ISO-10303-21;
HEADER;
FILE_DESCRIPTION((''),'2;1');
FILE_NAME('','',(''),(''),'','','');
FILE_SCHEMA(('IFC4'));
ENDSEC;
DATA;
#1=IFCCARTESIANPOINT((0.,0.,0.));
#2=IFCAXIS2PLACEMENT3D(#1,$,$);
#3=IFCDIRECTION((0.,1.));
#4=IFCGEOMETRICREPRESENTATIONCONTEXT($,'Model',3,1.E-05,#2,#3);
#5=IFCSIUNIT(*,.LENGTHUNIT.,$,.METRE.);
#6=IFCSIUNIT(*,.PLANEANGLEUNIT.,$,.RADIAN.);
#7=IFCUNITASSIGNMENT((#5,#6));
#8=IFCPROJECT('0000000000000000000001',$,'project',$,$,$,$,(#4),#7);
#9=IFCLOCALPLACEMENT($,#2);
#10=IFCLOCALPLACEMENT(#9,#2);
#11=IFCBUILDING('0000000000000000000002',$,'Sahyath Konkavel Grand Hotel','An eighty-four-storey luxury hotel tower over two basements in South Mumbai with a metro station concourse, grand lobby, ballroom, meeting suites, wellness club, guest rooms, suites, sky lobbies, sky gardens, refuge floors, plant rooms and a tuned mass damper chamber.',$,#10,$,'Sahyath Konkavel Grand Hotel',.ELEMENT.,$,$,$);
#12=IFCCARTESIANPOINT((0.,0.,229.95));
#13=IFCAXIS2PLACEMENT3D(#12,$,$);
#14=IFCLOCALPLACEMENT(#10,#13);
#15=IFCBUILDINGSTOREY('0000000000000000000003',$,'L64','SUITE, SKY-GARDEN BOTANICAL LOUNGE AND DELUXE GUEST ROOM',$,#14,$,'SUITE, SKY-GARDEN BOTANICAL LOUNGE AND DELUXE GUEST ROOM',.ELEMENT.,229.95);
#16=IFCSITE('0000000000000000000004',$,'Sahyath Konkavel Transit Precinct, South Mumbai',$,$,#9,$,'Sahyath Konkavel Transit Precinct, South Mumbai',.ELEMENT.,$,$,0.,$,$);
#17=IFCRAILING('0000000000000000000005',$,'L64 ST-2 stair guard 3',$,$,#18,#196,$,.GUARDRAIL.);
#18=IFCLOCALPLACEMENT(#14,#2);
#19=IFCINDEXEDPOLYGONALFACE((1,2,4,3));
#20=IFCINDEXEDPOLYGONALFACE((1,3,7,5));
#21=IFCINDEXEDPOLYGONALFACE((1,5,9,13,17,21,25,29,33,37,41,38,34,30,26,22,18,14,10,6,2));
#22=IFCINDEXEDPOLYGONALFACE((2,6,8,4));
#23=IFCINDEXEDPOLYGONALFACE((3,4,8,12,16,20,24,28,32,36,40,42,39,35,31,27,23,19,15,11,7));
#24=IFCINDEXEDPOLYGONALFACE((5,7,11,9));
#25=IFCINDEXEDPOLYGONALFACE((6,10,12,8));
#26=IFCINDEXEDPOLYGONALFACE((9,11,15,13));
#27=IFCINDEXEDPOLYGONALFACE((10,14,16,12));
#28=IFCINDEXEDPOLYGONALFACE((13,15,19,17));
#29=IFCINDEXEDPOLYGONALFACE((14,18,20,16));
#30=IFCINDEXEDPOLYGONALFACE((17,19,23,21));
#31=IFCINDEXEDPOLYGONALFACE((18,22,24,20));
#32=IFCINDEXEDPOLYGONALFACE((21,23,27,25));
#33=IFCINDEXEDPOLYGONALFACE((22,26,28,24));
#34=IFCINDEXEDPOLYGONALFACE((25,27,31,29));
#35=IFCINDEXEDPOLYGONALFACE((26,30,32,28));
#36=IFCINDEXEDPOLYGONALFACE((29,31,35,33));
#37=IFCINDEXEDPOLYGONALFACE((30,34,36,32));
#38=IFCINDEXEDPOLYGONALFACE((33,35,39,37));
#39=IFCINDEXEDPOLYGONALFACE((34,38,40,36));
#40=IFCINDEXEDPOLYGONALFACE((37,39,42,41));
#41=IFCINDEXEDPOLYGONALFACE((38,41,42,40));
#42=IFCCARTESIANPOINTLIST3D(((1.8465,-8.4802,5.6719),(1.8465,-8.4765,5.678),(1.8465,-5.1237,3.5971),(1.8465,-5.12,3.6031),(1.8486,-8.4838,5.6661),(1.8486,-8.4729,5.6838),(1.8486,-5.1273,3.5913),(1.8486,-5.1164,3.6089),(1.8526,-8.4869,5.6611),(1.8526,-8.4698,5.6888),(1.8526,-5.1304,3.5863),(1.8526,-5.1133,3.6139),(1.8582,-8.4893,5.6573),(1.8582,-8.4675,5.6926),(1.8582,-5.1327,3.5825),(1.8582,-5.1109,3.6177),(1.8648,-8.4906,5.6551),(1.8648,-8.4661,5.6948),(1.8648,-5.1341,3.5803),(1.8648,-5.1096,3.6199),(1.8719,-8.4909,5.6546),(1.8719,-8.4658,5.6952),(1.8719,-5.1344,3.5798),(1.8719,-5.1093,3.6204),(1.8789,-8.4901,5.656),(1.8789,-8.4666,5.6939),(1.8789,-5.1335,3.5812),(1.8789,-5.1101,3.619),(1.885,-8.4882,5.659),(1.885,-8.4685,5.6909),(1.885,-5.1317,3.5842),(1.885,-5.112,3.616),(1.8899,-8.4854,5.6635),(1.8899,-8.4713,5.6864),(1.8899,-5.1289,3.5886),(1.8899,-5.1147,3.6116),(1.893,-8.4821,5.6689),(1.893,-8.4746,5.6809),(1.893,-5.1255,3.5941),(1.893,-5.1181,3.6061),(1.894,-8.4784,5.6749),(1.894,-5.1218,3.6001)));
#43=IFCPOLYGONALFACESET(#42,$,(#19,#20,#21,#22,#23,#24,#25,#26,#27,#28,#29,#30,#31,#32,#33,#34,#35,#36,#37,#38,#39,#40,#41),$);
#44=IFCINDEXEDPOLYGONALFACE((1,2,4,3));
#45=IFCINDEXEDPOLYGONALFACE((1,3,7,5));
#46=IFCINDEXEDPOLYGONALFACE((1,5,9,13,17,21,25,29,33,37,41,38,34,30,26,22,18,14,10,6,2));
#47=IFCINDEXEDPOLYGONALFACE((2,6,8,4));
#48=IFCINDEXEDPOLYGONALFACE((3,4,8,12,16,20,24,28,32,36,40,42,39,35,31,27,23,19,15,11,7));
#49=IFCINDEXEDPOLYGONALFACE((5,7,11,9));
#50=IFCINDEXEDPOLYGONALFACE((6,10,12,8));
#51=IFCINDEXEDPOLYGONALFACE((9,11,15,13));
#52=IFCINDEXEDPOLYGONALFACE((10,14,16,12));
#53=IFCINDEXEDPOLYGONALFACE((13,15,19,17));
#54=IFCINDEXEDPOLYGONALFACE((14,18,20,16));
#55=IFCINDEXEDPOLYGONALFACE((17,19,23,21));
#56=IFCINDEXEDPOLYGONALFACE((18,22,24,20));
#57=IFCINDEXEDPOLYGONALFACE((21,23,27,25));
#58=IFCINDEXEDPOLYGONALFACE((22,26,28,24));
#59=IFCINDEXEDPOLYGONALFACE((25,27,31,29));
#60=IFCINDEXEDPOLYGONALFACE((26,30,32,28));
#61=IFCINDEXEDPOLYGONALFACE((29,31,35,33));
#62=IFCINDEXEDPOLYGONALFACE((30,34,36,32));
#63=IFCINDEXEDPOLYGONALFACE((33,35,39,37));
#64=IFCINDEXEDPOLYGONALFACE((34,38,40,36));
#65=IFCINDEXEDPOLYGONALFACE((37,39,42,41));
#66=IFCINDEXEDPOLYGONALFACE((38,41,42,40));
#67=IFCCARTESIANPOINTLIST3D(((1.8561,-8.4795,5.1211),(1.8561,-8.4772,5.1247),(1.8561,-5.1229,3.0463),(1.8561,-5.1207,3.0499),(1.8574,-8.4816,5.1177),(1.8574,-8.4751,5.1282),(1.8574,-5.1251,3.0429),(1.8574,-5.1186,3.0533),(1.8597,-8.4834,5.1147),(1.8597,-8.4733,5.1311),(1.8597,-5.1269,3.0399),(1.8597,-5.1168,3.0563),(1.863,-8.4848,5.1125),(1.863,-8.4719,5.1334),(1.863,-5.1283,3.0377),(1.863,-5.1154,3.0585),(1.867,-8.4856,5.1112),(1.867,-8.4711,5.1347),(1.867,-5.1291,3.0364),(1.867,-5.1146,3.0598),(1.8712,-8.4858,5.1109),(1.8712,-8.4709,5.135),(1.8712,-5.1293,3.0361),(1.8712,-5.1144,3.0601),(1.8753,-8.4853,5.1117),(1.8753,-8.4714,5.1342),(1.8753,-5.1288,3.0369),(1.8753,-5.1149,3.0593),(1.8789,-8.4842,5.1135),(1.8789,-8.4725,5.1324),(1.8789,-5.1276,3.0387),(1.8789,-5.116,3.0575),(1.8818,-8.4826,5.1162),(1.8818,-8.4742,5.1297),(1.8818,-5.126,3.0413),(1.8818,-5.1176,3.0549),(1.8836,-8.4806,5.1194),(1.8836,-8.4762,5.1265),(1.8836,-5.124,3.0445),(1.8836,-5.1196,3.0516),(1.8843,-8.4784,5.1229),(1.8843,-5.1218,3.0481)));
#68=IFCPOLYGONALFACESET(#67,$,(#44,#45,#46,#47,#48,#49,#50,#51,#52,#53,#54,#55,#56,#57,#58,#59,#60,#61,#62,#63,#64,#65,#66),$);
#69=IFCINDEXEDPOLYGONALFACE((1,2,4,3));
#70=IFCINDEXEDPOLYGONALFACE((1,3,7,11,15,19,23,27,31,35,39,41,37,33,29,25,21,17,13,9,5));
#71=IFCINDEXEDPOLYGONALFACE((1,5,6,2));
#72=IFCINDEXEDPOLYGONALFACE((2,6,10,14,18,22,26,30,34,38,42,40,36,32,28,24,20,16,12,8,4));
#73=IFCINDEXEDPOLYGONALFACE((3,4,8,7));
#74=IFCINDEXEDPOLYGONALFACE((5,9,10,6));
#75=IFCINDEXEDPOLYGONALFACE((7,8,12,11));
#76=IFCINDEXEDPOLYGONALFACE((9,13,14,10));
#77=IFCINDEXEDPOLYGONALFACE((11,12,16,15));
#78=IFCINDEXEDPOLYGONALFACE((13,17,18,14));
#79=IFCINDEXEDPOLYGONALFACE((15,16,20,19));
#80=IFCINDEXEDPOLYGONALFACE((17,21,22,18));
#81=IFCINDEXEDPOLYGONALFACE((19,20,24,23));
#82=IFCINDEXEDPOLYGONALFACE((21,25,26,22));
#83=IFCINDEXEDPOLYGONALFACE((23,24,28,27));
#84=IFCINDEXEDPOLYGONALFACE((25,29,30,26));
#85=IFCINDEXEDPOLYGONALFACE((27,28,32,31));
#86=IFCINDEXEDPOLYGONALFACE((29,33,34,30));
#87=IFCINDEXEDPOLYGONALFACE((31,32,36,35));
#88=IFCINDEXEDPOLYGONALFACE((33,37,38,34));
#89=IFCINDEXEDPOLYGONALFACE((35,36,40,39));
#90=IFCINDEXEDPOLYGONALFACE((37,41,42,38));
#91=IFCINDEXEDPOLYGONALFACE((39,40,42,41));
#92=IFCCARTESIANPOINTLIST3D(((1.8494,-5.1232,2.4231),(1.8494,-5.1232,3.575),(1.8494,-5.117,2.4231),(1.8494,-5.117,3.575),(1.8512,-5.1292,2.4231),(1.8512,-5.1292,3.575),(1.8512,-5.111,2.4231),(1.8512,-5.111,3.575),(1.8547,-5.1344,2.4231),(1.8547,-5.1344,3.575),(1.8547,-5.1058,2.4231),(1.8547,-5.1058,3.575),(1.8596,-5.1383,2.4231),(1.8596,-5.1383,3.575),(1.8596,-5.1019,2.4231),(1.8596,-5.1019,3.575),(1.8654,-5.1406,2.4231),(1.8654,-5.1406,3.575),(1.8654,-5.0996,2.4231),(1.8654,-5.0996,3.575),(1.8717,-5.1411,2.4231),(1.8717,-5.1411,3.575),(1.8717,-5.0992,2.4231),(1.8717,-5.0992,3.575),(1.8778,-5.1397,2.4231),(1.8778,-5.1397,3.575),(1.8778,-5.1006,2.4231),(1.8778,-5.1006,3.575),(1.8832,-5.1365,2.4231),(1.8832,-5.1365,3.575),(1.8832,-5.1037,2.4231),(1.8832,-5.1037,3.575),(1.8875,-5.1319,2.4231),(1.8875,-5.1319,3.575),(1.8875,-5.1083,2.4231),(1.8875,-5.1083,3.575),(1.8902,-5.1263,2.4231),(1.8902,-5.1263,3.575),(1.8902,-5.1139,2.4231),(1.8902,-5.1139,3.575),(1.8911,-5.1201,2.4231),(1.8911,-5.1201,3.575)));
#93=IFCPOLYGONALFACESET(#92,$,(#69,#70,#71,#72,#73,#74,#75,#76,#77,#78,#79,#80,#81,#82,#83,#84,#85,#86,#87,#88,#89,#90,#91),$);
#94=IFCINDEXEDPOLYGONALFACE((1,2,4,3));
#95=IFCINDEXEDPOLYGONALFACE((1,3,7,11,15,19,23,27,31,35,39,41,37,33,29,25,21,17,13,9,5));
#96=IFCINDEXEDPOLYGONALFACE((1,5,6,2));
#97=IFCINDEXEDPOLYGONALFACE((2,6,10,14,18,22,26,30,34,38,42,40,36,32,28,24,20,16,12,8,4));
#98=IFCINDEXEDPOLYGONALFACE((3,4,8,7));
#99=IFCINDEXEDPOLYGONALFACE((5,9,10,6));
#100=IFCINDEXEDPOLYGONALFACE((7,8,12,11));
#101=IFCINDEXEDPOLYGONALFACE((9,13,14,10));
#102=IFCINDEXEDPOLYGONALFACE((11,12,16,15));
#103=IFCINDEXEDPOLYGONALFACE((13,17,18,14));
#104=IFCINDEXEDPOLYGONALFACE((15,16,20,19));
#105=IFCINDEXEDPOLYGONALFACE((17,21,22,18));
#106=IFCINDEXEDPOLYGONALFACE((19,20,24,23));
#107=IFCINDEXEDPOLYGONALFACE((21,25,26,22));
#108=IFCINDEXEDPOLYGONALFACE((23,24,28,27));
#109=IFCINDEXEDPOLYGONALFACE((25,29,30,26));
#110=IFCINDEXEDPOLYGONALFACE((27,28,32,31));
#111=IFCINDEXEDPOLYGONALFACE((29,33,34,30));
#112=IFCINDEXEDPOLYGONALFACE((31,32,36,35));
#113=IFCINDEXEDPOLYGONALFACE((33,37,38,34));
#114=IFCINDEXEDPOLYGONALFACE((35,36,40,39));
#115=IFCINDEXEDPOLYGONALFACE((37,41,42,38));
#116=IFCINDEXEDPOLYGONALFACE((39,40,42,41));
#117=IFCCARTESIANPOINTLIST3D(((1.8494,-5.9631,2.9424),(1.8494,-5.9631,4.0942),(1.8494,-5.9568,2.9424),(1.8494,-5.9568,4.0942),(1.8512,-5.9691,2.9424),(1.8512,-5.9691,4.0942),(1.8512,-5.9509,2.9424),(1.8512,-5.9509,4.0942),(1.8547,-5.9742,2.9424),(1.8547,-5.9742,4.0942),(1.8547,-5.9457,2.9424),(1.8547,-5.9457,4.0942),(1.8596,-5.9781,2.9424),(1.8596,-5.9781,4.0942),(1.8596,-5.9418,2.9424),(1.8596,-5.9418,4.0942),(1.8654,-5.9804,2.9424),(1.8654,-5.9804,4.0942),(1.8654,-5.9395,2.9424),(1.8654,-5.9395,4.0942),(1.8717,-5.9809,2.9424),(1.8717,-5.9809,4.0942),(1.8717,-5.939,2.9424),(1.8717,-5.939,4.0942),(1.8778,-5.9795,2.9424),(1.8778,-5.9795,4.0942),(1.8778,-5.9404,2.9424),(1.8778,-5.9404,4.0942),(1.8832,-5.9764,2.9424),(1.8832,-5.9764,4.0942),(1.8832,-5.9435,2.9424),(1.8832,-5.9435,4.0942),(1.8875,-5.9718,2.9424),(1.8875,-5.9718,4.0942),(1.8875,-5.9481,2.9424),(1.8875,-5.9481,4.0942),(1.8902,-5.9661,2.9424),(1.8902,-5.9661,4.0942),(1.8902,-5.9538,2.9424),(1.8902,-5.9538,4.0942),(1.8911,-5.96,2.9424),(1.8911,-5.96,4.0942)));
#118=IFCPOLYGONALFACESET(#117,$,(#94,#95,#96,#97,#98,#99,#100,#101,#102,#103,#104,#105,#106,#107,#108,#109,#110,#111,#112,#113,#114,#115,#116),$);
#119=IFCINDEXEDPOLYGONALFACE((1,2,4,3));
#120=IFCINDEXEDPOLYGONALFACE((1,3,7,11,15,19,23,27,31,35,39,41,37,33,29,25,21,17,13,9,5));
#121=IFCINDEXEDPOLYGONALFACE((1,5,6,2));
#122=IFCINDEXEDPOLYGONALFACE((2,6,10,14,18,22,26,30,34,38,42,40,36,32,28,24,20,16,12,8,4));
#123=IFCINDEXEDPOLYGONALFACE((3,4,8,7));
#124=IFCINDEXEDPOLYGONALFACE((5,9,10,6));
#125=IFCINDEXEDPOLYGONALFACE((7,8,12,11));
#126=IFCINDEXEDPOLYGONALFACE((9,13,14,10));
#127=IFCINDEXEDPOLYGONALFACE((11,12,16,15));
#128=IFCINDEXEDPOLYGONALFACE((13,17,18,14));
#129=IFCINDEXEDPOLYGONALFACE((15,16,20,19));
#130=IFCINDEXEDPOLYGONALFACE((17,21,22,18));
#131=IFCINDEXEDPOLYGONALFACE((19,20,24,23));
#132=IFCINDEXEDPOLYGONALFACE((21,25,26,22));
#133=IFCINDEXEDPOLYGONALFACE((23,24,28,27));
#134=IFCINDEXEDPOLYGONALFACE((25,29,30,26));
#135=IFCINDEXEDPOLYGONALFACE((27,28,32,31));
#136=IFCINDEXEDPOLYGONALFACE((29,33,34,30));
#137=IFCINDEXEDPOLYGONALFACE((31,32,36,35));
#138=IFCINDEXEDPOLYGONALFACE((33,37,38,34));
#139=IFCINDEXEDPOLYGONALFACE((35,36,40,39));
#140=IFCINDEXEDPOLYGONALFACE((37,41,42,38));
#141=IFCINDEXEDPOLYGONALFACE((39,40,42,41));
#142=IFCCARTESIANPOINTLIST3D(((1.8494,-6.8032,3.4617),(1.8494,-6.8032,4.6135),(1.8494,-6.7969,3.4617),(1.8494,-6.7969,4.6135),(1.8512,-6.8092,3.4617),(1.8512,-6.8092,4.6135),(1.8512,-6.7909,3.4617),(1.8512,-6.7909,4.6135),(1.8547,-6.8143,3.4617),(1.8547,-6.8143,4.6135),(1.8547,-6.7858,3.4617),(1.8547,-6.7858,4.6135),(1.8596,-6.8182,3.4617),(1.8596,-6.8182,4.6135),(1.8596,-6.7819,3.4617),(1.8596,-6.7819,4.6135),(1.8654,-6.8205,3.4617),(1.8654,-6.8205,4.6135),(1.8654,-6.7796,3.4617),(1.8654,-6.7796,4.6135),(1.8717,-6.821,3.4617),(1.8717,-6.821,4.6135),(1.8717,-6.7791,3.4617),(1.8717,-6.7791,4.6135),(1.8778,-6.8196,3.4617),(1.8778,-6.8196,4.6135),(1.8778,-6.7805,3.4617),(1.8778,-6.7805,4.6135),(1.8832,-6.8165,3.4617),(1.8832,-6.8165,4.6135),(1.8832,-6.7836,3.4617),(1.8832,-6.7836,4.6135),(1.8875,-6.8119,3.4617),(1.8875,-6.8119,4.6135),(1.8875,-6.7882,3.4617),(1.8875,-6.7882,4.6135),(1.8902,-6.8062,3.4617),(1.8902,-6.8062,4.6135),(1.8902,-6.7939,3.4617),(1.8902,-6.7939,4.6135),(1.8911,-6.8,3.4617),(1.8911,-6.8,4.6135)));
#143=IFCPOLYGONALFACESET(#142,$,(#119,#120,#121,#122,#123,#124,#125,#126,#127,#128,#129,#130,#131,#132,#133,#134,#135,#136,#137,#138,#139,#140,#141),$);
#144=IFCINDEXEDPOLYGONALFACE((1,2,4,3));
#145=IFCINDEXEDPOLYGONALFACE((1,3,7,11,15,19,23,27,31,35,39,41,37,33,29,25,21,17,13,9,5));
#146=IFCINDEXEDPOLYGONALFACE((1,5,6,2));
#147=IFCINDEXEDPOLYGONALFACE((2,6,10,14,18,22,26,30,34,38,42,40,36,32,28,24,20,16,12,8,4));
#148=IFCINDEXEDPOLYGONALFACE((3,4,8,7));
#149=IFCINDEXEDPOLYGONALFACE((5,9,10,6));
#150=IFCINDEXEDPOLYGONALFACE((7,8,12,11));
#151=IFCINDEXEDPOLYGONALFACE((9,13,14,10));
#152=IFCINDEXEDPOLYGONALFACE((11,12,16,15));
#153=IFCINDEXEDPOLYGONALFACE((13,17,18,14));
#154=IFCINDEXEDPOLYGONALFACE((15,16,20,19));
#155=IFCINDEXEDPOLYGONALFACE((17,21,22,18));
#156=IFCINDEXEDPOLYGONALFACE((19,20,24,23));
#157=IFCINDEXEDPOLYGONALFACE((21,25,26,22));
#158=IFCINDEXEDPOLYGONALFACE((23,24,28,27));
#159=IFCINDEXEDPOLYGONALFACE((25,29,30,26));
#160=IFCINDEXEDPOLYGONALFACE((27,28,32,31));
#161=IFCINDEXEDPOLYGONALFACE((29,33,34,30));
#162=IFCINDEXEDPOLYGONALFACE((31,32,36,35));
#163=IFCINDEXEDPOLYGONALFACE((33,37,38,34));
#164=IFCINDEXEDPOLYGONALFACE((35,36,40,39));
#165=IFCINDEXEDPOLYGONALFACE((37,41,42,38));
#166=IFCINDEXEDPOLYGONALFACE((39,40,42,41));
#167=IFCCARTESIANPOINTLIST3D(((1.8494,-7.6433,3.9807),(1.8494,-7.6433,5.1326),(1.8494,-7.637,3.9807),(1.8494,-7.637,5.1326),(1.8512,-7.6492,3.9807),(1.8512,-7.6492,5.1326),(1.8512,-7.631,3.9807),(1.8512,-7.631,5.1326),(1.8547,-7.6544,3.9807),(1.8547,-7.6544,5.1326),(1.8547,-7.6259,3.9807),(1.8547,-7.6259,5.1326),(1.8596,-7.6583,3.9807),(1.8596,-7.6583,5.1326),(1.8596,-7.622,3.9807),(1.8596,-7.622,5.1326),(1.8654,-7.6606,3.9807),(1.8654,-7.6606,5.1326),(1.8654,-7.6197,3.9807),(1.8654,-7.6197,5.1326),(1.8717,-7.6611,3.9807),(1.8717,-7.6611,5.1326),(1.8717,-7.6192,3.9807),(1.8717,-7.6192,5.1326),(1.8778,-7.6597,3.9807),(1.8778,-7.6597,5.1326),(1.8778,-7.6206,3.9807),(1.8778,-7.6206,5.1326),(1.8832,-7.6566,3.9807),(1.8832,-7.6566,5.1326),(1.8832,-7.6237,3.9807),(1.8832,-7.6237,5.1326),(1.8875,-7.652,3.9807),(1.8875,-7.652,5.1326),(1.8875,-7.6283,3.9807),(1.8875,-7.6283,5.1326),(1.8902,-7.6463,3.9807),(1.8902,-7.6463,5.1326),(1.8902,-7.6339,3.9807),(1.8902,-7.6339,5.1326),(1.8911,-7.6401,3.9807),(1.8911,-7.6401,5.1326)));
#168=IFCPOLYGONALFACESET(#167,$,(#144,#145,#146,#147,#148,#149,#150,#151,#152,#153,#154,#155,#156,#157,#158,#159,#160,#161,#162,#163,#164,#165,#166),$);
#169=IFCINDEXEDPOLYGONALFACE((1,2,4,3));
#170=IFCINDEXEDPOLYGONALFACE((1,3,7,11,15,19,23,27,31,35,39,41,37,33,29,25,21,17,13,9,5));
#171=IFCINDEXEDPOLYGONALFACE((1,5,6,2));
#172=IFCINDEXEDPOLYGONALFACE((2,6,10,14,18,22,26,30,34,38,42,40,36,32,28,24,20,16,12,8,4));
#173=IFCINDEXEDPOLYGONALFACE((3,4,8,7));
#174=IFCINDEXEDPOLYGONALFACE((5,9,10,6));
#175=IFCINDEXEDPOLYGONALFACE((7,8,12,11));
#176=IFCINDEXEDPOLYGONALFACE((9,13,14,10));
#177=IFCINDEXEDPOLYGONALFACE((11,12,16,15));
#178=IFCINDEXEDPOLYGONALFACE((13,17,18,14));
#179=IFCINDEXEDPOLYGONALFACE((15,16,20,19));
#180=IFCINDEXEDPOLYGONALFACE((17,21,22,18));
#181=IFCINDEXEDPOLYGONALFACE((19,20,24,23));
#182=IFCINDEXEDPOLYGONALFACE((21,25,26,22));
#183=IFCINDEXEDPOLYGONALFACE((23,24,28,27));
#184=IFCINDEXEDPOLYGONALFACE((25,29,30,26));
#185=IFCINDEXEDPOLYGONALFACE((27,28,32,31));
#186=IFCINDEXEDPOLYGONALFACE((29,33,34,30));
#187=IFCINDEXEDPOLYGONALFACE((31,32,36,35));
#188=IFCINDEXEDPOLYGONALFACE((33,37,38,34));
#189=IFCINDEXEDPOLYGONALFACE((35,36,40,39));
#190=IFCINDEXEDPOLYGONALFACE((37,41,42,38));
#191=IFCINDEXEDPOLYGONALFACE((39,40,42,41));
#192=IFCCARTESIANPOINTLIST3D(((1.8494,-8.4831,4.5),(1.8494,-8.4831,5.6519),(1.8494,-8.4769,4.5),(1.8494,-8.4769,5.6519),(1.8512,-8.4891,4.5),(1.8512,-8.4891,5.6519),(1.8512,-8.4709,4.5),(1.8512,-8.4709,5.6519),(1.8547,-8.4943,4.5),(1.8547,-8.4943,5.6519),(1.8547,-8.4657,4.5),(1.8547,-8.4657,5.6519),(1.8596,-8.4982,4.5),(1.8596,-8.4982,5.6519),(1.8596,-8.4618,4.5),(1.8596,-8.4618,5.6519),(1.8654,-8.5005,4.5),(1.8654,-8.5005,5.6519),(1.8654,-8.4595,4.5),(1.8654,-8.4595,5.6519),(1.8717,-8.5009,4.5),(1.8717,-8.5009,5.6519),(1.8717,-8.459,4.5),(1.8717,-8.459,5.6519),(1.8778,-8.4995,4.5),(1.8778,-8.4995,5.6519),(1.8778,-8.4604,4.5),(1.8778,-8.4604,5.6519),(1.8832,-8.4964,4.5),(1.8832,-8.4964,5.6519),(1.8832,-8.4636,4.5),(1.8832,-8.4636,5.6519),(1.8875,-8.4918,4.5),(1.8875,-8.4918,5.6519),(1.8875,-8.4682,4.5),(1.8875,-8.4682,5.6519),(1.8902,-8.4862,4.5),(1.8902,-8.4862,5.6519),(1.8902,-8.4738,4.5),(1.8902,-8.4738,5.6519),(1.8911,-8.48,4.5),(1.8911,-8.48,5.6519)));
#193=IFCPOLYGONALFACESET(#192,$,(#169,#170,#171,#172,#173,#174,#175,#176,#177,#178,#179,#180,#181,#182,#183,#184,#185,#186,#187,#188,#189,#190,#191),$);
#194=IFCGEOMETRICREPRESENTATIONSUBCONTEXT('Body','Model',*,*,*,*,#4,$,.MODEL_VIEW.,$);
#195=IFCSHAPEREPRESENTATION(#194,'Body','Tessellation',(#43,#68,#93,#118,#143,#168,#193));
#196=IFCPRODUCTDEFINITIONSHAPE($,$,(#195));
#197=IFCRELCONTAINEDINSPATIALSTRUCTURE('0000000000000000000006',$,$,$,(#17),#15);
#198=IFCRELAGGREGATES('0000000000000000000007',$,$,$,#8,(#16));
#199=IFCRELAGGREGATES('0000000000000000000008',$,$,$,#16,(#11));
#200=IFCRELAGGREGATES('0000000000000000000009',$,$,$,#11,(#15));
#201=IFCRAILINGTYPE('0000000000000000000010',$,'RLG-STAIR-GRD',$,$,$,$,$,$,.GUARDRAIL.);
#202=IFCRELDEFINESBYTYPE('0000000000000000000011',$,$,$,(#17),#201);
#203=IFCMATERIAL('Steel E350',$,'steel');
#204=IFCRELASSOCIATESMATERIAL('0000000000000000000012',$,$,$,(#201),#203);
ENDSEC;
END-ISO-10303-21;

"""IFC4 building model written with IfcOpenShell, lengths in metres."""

from ifc_helpers import new_model, si_unit, direction, frame, origin, origin_2d, place, context, subcontext, project, spatial, circle, extrude, material, type_object, element, save


model = new_model("IFC4")

# Units and contexts
model_context = context("Model", 3, precision=1e-05, world=origin(), true_north=direction((0.0, 1.0)))
body_context = subcontext(model_context, "Body", "Model", "MODEL_VIEW")
ifc_project = project(units=[si_unit("LENGTHUNIT", "METRE"), si_unit("PLANEANGLEUNIT", "RADIAN")], contexts=[model_context])

# Site, building, storey
site_placement = place(None, origin())
site = spatial("IfcSite", under=ifc_project, at=site_placement, Name="Sahyath Konkavel Transit Precinct, South Mumbai", LongName="Sahyath Konkavel Transit Precinct, South Mumbai", CompositionType="ELEMENT", RefElevation=0.0)
building_placement = place(site_placement, origin())
building = spatial("IfcBuilding", under=site, at=building_placement, Name="Sahyath Konkavel Grand Hotel", Description="An eighty-four-storey luxury hotel tower over two basements in South Mumbai with a metro station concourse, grand lobby, ballroom, meeting suites, wellness club, guest rooms, suites, sky lobbies, sky gardens, refuge floors, plant rooms and a tuned mass damper chamber.", LongName="Sahyath Konkavel Grand Hotel", CompositionType="ELEMENT")
storey_placement = place(building_placement, frame((0.0, 0.0, 229.95)))
storey = spatial("IfcBuildingStorey", under=building, at=storey_placement, Name="L64", Description="SUITE, SKY-GARDEN BOTANICAL LOUNGE AND DELUXE GUEST ROOM", LongName="SUITE, SKY-GARDEN BOTANICAL LOUNGE AND DELUXE GUEST ROOM", CompositionType="ELEMENT", Elevation=229.95)

# Shared definitions
ifc_material_1 = material(Name="Steel E350", Category="steel")

# Railing
railing_type_1 = type_object("IfcRailingType", Name="RLG-STAIR-GRD", PredefinedType="GUARDRAIL", material=ifc_material_1)
railing_1_placement = place(storey_placement, frame((1.8701, -5.1201, 2.4231)))
element("IfcRailing", 1, at=railing_1_placement, inside=storey, type_object=railing_type_1, Name="L64 ST-2 stair guard 3", PredefinedType="GUARDRAIL", context=body_context, shape_type="SweptSolid", body=[
    extrude(circle(Radius=0.0239, at=origin_2d()), frame((0.0, -0.0017, 1.177), z_axis=(0.0, -0.850606, 0.525803), x_axis=(1.0, 0.0, 0.0)), (0.0, 0.0, 1.0), 3.946),
    extrude(circle(Radius=0.0142, at=origin_2d()), frame((0.0, -0.0017, 0.625), z_axis=(0.0, -0.850606, 0.525803), x_axis=(1.0, 0.0, 0.0)), (0.0, 0.0, 1.0), 3.946),
    extrude(circle(Radius=0.021, at=origin_2d()), origin(), (0.0, 0.0, 1.0), 1.1519),
    extrude(circle(Radius=0.021, at=origin_2d()), frame((0.0, -0.8398, 0.5193)), (0.0, 0.0, 1.0), 1.1519),
    extrude(circle(Radius=0.021, at=origin_2d()), frame((0.0, -1.6799, 1.0386)), (0.0, 0.0, 1.0), 1.1519),
    extrude(circle(Radius=0.021, at=origin_2d()), frame((0.0, -2.52, 1.5576)), (0.0, 0.0, 1.0), 1.1519),
    extrude(circle(Radius=0.021, at=origin_2d()), frame((0.0, -3.3599, 2.0769)), (0.0, 0.0, 1.0), 1.1519),
])

save(model, "model.ifc")
